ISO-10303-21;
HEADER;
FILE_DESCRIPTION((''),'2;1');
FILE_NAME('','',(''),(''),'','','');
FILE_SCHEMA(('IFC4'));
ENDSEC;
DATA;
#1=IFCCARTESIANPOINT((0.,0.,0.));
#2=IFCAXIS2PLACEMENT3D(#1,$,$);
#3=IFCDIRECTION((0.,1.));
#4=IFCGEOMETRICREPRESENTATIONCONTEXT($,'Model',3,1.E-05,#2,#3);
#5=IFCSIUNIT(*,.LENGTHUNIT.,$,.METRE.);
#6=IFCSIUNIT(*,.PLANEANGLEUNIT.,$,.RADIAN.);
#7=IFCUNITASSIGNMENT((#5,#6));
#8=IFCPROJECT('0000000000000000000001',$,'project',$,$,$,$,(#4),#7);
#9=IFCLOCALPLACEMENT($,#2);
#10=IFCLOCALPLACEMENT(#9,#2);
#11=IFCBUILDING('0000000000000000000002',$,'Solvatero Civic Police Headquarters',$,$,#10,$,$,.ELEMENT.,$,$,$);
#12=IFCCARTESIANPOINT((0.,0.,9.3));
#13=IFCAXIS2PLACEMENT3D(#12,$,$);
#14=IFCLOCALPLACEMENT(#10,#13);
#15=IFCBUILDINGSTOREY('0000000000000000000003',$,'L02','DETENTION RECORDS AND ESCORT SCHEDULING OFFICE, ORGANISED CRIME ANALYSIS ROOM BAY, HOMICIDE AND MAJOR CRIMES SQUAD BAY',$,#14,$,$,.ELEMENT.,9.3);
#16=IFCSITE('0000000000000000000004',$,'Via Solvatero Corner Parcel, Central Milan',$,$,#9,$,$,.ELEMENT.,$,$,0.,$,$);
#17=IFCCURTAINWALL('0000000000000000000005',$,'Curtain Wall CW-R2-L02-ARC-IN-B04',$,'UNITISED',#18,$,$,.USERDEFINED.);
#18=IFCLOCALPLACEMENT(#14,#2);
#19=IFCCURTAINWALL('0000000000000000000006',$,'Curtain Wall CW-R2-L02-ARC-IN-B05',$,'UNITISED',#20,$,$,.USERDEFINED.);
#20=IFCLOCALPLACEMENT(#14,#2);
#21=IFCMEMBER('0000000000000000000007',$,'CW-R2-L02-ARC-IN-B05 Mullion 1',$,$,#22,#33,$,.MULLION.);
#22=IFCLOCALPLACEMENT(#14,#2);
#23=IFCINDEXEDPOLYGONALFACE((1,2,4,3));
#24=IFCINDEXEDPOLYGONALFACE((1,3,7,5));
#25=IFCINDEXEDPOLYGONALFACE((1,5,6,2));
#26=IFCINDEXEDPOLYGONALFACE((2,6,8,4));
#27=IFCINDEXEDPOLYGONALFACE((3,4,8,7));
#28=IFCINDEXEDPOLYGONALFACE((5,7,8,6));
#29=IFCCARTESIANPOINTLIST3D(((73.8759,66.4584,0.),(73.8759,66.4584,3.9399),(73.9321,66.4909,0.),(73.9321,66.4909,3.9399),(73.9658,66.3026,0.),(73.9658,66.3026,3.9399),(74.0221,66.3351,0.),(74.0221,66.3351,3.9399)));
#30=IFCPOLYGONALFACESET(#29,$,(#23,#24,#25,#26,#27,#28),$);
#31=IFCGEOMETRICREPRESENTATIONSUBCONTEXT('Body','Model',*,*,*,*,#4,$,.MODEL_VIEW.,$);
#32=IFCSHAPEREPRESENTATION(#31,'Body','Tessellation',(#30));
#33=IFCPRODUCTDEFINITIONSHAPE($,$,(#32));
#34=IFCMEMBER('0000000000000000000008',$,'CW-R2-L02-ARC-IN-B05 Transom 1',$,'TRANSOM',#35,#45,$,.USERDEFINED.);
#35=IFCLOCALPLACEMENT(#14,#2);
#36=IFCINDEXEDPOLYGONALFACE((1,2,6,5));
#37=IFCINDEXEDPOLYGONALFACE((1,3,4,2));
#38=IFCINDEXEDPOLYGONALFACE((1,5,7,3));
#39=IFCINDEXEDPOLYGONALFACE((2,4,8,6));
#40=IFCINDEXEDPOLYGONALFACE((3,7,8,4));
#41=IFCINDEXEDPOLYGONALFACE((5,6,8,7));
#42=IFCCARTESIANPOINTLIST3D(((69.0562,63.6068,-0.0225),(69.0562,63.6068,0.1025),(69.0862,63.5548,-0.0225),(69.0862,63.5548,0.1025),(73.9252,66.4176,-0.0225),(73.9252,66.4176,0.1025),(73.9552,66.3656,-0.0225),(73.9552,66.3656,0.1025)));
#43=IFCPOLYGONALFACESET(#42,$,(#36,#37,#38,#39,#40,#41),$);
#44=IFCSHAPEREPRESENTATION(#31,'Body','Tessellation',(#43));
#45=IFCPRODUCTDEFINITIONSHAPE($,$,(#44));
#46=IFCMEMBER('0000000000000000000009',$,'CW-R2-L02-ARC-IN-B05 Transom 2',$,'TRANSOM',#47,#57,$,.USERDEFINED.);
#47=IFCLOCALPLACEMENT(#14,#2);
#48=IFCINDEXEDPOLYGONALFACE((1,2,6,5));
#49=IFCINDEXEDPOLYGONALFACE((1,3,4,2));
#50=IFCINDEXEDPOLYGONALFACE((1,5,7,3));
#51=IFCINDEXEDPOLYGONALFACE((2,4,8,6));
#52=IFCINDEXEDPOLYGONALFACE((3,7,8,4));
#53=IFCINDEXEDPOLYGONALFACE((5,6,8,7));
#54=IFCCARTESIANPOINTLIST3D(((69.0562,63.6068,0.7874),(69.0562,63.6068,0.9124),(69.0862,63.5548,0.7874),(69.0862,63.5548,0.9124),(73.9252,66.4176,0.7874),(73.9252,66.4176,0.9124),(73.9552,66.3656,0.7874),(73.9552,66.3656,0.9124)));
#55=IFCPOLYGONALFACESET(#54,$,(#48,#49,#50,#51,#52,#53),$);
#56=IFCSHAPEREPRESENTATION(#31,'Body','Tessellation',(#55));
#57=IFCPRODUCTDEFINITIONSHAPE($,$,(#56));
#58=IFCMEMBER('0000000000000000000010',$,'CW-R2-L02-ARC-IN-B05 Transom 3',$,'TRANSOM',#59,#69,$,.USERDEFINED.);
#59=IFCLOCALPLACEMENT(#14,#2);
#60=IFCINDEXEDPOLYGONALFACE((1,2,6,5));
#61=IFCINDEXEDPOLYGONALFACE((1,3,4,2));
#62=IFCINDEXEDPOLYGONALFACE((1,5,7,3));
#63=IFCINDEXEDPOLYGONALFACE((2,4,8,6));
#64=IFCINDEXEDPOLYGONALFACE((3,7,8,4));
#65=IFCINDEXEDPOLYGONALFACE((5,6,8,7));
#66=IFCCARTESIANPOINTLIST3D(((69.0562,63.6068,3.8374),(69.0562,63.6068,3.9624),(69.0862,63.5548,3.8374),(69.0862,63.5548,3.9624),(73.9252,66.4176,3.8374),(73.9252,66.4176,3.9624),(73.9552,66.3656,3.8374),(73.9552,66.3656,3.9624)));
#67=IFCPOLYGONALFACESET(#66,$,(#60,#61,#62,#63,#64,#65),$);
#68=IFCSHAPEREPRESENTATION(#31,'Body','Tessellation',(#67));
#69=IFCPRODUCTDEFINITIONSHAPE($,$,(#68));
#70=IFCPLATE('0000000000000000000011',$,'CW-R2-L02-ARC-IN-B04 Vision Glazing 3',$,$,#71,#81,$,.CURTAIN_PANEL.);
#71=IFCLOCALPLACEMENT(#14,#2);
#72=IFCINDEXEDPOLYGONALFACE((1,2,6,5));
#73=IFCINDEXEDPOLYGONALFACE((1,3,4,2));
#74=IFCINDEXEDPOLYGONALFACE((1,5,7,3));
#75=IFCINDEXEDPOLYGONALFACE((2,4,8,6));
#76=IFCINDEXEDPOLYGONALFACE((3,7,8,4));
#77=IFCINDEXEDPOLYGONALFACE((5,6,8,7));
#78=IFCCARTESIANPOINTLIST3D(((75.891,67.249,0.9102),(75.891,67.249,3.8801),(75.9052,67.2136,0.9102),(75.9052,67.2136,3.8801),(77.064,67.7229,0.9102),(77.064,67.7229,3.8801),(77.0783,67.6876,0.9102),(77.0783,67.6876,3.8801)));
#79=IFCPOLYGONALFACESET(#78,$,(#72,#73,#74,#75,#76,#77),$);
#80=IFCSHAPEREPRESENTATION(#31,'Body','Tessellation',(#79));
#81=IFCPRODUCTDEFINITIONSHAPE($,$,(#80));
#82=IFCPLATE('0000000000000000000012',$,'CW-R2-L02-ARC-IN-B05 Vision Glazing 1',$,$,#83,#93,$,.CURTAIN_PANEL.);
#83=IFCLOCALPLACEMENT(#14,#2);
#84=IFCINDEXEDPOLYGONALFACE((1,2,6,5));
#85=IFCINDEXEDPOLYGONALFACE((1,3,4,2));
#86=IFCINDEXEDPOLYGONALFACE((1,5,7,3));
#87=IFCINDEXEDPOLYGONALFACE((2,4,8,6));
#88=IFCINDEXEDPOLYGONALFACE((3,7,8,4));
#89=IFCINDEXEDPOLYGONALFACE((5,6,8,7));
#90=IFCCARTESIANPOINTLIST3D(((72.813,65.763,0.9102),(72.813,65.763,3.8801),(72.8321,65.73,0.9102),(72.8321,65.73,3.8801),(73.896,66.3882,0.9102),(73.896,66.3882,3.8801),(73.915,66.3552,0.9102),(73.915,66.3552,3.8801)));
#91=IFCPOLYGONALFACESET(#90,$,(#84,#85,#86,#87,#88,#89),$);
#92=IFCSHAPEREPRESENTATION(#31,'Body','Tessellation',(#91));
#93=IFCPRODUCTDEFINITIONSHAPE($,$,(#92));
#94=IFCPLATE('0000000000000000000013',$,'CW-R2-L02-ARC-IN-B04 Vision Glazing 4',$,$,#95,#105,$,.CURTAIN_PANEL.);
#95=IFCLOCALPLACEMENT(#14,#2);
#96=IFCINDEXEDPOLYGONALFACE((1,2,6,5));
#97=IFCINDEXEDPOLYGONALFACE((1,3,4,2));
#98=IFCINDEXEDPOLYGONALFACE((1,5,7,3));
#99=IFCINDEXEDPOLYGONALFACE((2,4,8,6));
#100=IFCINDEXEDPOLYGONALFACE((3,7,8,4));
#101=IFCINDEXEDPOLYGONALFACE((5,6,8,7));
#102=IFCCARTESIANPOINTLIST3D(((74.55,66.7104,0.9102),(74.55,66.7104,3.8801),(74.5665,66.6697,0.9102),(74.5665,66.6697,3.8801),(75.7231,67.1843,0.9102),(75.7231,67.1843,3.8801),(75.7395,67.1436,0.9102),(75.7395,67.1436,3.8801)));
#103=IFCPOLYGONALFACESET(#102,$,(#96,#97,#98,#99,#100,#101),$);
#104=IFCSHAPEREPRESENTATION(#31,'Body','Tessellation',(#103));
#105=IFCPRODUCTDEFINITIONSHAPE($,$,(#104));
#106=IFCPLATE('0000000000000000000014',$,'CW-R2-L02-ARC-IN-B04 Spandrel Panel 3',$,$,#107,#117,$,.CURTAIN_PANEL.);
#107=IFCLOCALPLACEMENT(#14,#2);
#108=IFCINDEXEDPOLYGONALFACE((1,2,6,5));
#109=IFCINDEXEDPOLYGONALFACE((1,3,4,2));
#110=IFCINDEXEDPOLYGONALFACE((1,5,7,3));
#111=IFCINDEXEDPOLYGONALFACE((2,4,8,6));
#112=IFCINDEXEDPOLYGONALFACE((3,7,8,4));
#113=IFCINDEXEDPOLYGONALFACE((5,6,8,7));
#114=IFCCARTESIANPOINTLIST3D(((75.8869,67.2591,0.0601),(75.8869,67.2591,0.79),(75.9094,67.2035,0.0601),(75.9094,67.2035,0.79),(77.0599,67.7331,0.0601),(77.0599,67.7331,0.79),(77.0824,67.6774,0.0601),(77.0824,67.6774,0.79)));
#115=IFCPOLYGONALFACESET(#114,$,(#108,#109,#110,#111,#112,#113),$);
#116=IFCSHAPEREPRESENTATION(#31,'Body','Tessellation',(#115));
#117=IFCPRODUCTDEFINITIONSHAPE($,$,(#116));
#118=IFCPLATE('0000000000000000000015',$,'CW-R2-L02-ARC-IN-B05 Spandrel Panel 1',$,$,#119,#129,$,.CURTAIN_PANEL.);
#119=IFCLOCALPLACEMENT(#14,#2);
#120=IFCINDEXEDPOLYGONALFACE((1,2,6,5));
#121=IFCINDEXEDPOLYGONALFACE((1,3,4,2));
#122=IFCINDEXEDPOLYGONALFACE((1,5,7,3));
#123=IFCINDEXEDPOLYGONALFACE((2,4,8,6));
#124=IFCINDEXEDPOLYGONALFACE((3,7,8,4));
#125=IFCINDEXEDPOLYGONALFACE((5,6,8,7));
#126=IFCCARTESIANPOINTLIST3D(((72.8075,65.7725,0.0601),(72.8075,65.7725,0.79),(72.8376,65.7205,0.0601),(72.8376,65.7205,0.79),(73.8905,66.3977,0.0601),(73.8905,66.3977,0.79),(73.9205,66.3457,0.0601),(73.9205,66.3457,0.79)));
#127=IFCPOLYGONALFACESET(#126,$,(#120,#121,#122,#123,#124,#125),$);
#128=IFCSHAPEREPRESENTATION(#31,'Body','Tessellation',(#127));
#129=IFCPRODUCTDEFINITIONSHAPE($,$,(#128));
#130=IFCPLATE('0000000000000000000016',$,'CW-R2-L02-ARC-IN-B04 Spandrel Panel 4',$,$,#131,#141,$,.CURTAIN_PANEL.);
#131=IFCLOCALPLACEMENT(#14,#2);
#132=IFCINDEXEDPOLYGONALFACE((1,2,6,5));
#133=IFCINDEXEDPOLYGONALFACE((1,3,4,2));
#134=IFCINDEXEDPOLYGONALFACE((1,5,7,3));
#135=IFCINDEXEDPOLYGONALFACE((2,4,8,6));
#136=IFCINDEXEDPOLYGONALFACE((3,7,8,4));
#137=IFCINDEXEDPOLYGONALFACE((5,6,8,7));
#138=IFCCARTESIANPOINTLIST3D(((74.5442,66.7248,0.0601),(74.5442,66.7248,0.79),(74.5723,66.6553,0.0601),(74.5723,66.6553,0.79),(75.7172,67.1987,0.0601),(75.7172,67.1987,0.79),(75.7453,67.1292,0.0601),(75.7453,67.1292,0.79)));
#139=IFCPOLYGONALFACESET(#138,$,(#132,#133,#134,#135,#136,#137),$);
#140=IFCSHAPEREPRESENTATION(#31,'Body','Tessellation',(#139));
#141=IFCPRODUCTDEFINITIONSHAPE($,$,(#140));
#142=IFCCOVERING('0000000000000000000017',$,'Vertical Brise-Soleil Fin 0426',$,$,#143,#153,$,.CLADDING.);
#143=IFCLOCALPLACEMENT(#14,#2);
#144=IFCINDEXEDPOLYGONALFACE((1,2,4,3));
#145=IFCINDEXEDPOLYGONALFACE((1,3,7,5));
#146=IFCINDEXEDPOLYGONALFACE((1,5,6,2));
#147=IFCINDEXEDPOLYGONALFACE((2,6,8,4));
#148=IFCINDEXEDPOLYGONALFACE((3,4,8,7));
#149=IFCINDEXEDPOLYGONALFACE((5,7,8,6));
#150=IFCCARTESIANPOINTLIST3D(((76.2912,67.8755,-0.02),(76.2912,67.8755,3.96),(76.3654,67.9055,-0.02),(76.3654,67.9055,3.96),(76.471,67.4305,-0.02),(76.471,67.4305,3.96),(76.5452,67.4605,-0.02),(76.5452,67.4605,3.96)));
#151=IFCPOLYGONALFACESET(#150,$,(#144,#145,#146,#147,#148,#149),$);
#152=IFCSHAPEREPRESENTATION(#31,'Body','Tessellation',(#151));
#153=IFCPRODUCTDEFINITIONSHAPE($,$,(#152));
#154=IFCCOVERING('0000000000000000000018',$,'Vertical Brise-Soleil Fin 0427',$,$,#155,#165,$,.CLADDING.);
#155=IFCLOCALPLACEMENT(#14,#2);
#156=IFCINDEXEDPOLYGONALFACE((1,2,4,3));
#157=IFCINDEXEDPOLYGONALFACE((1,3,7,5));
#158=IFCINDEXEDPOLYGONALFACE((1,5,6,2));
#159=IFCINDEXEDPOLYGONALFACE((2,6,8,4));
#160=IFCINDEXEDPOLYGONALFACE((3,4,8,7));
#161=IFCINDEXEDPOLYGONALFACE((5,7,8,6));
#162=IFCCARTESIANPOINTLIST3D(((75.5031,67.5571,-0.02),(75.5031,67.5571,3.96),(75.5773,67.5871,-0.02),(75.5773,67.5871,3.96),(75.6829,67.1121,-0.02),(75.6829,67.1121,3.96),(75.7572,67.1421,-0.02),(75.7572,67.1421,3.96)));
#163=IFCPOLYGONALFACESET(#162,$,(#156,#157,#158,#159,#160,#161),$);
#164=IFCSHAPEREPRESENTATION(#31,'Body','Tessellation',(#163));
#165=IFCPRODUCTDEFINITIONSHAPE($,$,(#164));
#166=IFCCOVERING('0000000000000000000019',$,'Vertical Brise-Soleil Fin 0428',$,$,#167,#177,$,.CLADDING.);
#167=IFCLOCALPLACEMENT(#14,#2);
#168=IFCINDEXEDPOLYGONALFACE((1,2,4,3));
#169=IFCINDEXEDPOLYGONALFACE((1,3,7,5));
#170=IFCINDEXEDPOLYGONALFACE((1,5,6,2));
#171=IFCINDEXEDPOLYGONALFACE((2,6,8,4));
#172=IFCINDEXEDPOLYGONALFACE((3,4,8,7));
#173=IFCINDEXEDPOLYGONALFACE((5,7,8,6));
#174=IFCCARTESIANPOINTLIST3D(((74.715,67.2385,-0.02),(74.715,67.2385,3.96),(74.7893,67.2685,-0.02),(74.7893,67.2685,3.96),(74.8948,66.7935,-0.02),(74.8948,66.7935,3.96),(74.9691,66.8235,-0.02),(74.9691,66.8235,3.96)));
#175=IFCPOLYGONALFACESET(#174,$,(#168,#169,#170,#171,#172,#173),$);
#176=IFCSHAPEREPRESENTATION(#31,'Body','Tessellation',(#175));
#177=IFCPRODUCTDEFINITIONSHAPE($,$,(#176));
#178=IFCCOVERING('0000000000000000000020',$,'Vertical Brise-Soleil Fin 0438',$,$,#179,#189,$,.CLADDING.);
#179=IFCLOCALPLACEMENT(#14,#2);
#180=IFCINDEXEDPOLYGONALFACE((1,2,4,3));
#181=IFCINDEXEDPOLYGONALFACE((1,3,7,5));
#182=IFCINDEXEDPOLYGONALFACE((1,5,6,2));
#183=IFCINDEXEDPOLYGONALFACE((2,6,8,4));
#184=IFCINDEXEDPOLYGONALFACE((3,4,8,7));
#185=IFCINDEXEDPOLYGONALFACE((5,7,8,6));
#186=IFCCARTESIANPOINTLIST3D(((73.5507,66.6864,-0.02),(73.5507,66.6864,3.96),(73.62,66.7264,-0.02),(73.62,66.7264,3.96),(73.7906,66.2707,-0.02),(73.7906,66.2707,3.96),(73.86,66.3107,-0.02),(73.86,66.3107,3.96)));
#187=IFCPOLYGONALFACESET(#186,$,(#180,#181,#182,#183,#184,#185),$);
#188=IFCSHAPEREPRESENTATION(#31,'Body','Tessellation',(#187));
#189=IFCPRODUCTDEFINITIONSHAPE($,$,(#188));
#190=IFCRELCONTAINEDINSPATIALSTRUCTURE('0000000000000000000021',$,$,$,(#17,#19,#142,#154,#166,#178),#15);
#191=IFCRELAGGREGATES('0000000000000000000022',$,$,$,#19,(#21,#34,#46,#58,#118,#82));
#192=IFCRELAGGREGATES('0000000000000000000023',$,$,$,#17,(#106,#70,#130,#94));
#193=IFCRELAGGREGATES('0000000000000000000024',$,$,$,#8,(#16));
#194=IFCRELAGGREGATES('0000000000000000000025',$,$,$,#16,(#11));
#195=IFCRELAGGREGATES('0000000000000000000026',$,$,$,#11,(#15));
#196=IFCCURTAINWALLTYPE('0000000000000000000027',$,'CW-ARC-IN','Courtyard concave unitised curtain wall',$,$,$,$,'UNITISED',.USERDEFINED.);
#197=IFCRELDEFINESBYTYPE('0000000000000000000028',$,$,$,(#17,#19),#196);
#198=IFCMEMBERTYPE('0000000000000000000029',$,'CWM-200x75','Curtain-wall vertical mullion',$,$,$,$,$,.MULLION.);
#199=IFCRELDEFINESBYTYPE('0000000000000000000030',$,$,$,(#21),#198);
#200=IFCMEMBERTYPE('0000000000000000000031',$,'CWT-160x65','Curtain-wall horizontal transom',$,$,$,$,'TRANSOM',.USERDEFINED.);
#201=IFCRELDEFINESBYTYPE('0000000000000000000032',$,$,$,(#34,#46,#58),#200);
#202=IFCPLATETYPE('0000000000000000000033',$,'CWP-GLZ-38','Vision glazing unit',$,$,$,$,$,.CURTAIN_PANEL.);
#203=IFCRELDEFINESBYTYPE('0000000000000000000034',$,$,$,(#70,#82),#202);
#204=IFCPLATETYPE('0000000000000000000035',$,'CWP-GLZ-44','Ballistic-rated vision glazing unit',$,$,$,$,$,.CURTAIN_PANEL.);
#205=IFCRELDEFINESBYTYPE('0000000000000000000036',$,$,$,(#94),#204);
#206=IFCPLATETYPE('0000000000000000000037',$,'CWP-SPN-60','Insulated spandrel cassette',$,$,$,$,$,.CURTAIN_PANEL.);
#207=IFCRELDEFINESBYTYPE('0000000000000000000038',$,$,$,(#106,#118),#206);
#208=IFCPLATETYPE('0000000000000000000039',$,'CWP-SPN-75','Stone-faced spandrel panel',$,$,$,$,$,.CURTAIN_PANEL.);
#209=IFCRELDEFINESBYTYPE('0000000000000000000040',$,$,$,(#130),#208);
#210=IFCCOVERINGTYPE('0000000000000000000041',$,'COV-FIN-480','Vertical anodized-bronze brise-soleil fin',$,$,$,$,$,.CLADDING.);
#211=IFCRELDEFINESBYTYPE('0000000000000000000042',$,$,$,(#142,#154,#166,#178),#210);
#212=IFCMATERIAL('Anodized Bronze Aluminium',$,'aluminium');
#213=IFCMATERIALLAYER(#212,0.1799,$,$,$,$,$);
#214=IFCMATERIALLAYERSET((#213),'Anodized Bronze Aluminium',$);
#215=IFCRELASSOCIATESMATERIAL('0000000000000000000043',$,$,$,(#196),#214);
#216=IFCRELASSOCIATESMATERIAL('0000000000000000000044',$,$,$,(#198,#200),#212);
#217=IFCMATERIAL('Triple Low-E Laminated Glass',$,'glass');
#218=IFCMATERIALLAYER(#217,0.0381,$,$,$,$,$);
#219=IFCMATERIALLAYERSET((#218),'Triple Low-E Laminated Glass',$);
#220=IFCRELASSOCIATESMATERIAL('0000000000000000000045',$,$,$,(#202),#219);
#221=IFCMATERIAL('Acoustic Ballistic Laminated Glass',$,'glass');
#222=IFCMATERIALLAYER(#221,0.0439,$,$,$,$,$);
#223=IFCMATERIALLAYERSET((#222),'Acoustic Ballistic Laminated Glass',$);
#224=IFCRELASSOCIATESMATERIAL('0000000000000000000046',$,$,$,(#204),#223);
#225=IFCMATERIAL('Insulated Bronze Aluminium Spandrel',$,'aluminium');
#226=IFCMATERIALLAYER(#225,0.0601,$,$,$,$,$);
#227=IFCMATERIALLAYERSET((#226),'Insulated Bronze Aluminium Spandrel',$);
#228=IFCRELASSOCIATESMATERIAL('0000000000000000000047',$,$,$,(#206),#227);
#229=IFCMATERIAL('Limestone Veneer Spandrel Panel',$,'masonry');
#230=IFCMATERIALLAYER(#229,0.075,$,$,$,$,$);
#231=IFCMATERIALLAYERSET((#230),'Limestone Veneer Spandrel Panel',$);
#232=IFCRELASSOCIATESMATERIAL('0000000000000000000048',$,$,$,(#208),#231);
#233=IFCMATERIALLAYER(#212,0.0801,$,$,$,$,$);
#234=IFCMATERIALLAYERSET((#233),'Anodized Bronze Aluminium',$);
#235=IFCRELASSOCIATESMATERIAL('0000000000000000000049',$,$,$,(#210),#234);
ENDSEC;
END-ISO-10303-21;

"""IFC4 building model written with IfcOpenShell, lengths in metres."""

from ifc_helpers import new_model, si_unit, direction, frame, origin, origin_2d, place, context, subcontext, project, spatial, rectangle, extrude, material, layer, layer_set, material_profile, profile_set, type_object, element, aggregate, save


model = new_model("IFC4")

# Units and contexts
model_context = context("Model", 3, precision=1e-05, world=origin(), true_north=direction((0.0, 1.0)))
body_context = subcontext(model_context, "Body", "Model", "MODEL_VIEW")
ifc_project = project(units=[si_unit("LENGTHUNIT", "METRE"), si_unit("PLANEANGLEUNIT", "RADIAN")], contexts=[model_context])

# Site, building, storey
site_placement = place(None, origin())
site = spatial("IfcSite", under=ifc_project, at=site_placement, Name="Via Solvatero Corner Parcel, Central Milan", CompositionType="ELEMENT", RefElevation=0.0)
building_placement = place(site_placement, origin())
building = spatial("IfcBuilding", under=site, at=building_placement, Name="Solvatero Civic Police Headquarters", CompositionType="ELEMENT")
storey_placement = place(building_placement, frame((0.0, 0.0, 9.3)))
storey = spatial("IfcBuildingStorey", under=building, at=storey_placement, Name="L02", Description="DETENTION RECORDS AND ESCORT SCHEDULING OFFICE, ORGANISED CRIME ANALYSIS ROOM BAY, HOMICIDE AND MAJOR CRIMES SQUAD BAY", CompositionType="ELEMENT", Elevation=9.3)

# Curtain walls, members
ifc_material_1 = material(Name="Anodized Bronze Aluminium", Category="aluminium")
ifc_layer_1 = layer(ifc_material_1, 0.1799)
ifc_layer_set_1 = layer_set([ifc_layer_1], Name="Anodized Bronze Aluminium")
curtain_wall_type = type_object("IfcCurtainWallType", Name="CW-ARC-IN", Description="Courtyard concave unitised curtain wall", ElementType="UNITISED", PredefinedType="USERDEFINED", material=ifc_layer_set_1)
curtain_wall_1_placement = place(storey_placement, origin())
curtain_wall_1 = element("IfcCurtainWall", 1, at=curtain_wall_1_placement, inside=storey, type_object=curtain_wall_type, Name="Curtain Wall CW-R2-L02-ARC-IN-B04", ObjectType="UNITISED", PredefinedType="USERDEFINED")
curtain_wall_2_placement = place(storey_placement, origin())
curtain_wall_2 = element("IfcCurtainWall", 2, at=curtain_wall_2_placement, inside=storey, type_object=curtain_wall_type, Name="Curtain Wall CW-R2-L02-ARC-IN-B05", ObjectType="UNITISED", PredefinedType="USERDEFINED")
ifc_material_profile_1 = material_profile(ifc_material_1, rectangle(XDim=0.0649, YDim=0.1799, at=origin_2d()), Name="ALU MULLION 65x180")
ifc_profile_set_1 = profile_set([ifc_material_profile_1], Name="Anodized Bronze Aluminium")
member_type_1 = type_object("IfcMemberType", Name="CWM-200x75", Description="Curtain-wall vertical mullion", PredefinedType="MULLION", material=ifc_profile_set_1)
member_1_placement = place(storey_placement, frame((73.949, 66.3967, 0.0), z_axis=(0.0, 0.0, 1.0), x_axis=(-0.866025, -0.5, 0.0)))
member_1 = element("IfcMember", 3, at=member_1_placement, type_object=member_type_1, Name="CW-R2-L02-ARC-IN-B05 Mullion 1", PredefinedType="MULLION", context=body_context, shape_type="SweptSolid", body=[
    extrude(rectangle(XDim=0.0649, YDim=0.1799, at=origin_2d()), origin(), (0.0, 0.0, 1.0), 3.9399),
])
ifc_material_profile_2 = material_profile(ifc_material_1, rectangle(XDim=0.0601, YDim=0.125, at=origin_2d()), Name="ALU TRANSOM 60x125")
ifc_profile_set_2 = profile_set([ifc_material_profile_2], Name="Anodized Bronze Aluminium")
member_type_2 = type_object("IfcMemberType", Name="CWT-160x65", Description="Curtain-wall horizontal transom", ElementType="TRANSOM", PredefinedType="USERDEFINED", material=ifc_profile_set_2)
member_2_placement = place(storey_placement, frame((73.9402, 66.3916, 0.04), z_axis=(-0.866046, -0.499964, 0.0), x_axis=(0.499964, -0.866046, 0.0)))
member_2 = element("IfcMember", 4, at=member_2_placement, type_object=member_type_2, Name="CW-R2-L02-ARC-IN-B05 Transom 1", ObjectType="TRANSOM", PredefinedType="USERDEFINED", context=body_context, shape_type="SweptSolid", body=[
    extrude(rectangle(XDim=0.0601, YDim=0.125, at=origin_2d()), origin(), (0.0, 0.0, 1.0), 5.6221),
])
member_3_placement = place(storey_placement, frame((73.9402, 66.3916, 0.8499), z_axis=(-0.866046, -0.499964, 0.0), x_axis=(0.499964, -0.866046, 0.0)))
member_3 = element("IfcMember", 5, at=member_3_placement, type_object=member_type_2, Name="CW-R2-L02-ARC-IN-B05 Transom 2", ObjectType="TRANSOM", PredefinedType="USERDEFINED", context=body_context, shape_type="SweptSolid", body=[
    extrude(rectangle(XDim=0.0601, YDim=0.125, at=origin_2d()), origin(), (0.0, 0.0, 1.0), 5.6221),
])
member_4_placement = place(storey_placement, frame((73.9402, 66.3916, 3.8999), z_axis=(-0.866046, -0.499964, 0.0), x_axis=(0.499964, -0.866046, 0.0)))
member_4 = element("IfcMember", 6, at=member_4_placement, type_object=member_type_2, Name="CW-R2-L02-ARC-IN-B05 Transom 3", ObjectType="TRANSOM", PredefinedType="USERDEFINED", context=body_context, shape_type="SweptSolid", body=[
    extrude(rectangle(XDim=0.0601, YDim=0.125, at=origin_2d()), origin(), (0.0, 0.0, 1.0), 5.6221),
])

# Plates
ifc_material_2 = material(Name="Triple Low-E Laminated Glass", Category="glass")
ifc_layer_2 = layer(ifc_material_2, 0.0381)
ifc_layer_set_2 = layer_set([ifc_layer_2], Name="Triple Low-E Laminated Glass")
plate_type_1 = type_object("IfcPlateType", Name="CWP-GLZ-38", Description="Vision glazing unit", PredefinedType="CURTAIN_PANEL", material=ifc_layer_set_2)
plate_1_placement = place(storey_placement, frame((76.4846, 67.4683, 0.9102), z_axis=(0.0, 0.0, 1.0), x_axis=(-0.927184, -0.374607, 0.0)))
plate_1 = element("IfcPlate", 7, at=plate_1_placement, type_object=plate_type_1, Name="CW-R2-L02-ARC-IN-B04 Vision Glazing 3", PredefinedType="CURTAIN_PANEL", context=body_context, shape_type="SweptSolid", body=[
    extrude(rectangle(XDim=1.2651, YDim=0.0381, at=origin_2d()), origin(), (0.0, 0.0, 1.0), 2.97),
])
plate_2_placement = place(storey_placement, frame((73.364, 66.0591, 0.9102), z_axis=(0.0, 0.0, 1.0), x_axis=(-0.866025, -0.5, 0.0)))
plate_2 = element("IfcPlate", 8, at=plate_2_placement, type_object=plate_type_1, Name="CW-R2-L02-ARC-IN-B05 Vision Glazing 1", PredefinedType="CURTAIN_PANEL", context=body_context, shape_type="SweptSolid", body=[
    extrude(rectangle(XDim=1.2505, YDim=0.0381, at=origin_2d()), origin(), (0.0, 0.0, 1.0), 2.97),
])
ifc_material_3 = material(Name="Acoustic Ballistic Laminated Glass", Category="glass")
ifc_layer_3 = layer(ifc_material_3, 0.0439)
ifc_layer_set_3 = layer_set([ifc_layer_3], Name="Acoustic Ballistic Laminated Glass")
plate_type_2 = type_object("IfcPlateType", Name="CWP-GLZ-44", Description="Ballistic-rated vision glazing unit", PredefinedType="CURTAIN_PANEL", material=ifc_layer_set_3)
plate_3_placement = place(storey_placement, frame((75.1448, 66.927, 0.9102), z_axis=(0.0, 0.0, 1.0), x_axis=(-0.927184, -0.374607, 0.0)))
plate_3 = element("IfcPlate", 9, at=plate_3_placement, type_object=plate_type_2, Name="CW-R2-L02-ARC-IN-B04 Vision Glazing 4", PredefinedType="CURTAIN_PANEL", context=body_context, shape_type="SweptSolid", body=[
    extrude(rectangle(XDim=1.2651, YDim=0.0439, at=origin_2d()), origin(), (0.0, 0.0, 1.0), 2.97),
])
ifc_material_4 = material(Name="Insulated Bronze Aluminium Spandrel", Category="aluminium")
ifc_layer_4 = layer(ifc_material_4, 0.0601)
ifc_layer_set_4 = layer_set([ifc_layer_4], Name="Insulated Bronze Aluminium Spandrel")
plate_type_3 = type_object("IfcPlateType", Name="CWP-SPN-60", Description="Insulated spandrel cassette", PredefinedType="CURTAIN_PANEL", material=ifc_layer_set_4)
plate_4_placement = place(storey_placement, frame((76.4846, 67.4683, 0.0601), z_axis=(0.0, 0.0, 1.0), x_axis=(-0.927184, -0.374607, 0.0)))
plate_4 = element("IfcPlate", 10, at=plate_4_placement, type_object=plate_type_3, Name="CW-R2-L02-ARC-IN-B04 Spandrel Panel 3", PredefinedType="CURTAIN_PANEL", context=body_context, shape_type="SweptSolid", body=[
    extrude(rectangle(XDim=1.2651, YDim=0.0601, at=origin_2d()), origin(), (0.0, 0.0, 1.0), 0.73),
])
plate_5_placement = place(storey_placement, frame((73.364, 66.0591, 0.0601), z_axis=(0.0, 0.0, 1.0), x_axis=(-0.866025, -0.5, 0.0)))
plate_5 = element("IfcPlate", 11, at=plate_5_placement, type_object=plate_type_3, Name="CW-R2-L02-ARC-IN-B05 Spandrel Panel 1", PredefinedType="CURTAIN_PANEL", context=body_context, shape_type="SweptSolid", body=[
    extrude(rectangle(XDim=1.2505, YDim=0.0601, at=origin_2d()), origin(), (0.0, 0.0, 1.0), 0.73),
])
aggregate(curtain_wall_2, [member_1, member_2, member_3, member_4, plate_5, plate_2])
ifc_material_5 = material(Name="Limestone Veneer Spandrel Panel", Category="masonry")
ifc_layer_5 = layer(ifc_material_5, 0.075)
ifc_layer_set_5 = layer_set([ifc_layer_5], Name="Limestone Veneer Spandrel Panel")
plate_type_4 = type_object("IfcPlateType", Name="CWP-SPN-75", Description="Stone-faced spandrel panel", PredefinedType="CURTAIN_PANEL", material=ifc_layer_set_5)
plate_6_placement = place(storey_placement, frame((75.1448, 66.927, 0.0601), z_axis=(0.0, 0.0, 1.0), x_axis=(-0.927184, -0.374607, 0.0)))
plate_6 = element("IfcPlate", 12, at=plate_6_placement, type_object=plate_type_4, Name="CW-R2-L02-ARC-IN-B04 Spandrel Panel 4", PredefinedType="CURTAIN_PANEL", context=body_context, shape_type="SweptSolid", body=[
    extrude(rectangle(XDim=1.2651, YDim=0.075, at=origin_2d()), origin(), (0.0, 0.0, 1.0), 0.73),
])
aggregate(curtain_wall_1, [plate_4, plate_1, plate_6, plate_3])

# Coverings
ifc_layer_6 = layer(ifc_material_1, 0.0801)
ifc_layer_set_6 = layer_set([ifc_layer_6], Name="Anodized Bronze Aluminium")
covering_type = type_object("IfcCoveringType", Name="COV-FIN-480", Description="Vertical anodized-bronze brise-soleil fin", PredefinedType="CLADDING", material=ifc_layer_set_6)
for number, where, z_axis, x_axis, name in (
    (13, (76.4182, 67.668, -0.02), (0.0, 0.0, 1.0), (-0.927184, -0.374607, 0.0), "Vertical Brise-Soleil Fin 0426"),
    (14, (75.6301, 67.3496, -0.02), (0.0, 0.0, 1.0), (-0.927184, -0.374607, 0.0), "Vertical Brise-Soleil Fin 0427"),
    (15, (74.842, 67.031, -0.02), (0.0, 0.0, 1.0), (-0.927184, -0.374607, 0.0), "Vertical Brise-Soleil Fin 0428"),
    (16, (73.7053, 66.4985, -0.02), (0.0, 0.0, 1.0), (-0.866025, -0.5, 0.0), "Vertical Brise-Soleil Fin 0438"),
):
    element("IfcCovering", number, at=place(storey_placement, frame(where, z_axis=z_axis, x_axis=x_axis)), inside=storey, type_object=covering_type, Name=name, PredefinedType="CLADDING", context=body_context, shape_type="SweptSolid", body=[
        extrude(rectangle(XDim=0.0801, YDim=0.48, at=origin_2d()), origin(), (0.0, 0.0, 1.0), 3.98),
    ])

save(model, "model.ifc")
